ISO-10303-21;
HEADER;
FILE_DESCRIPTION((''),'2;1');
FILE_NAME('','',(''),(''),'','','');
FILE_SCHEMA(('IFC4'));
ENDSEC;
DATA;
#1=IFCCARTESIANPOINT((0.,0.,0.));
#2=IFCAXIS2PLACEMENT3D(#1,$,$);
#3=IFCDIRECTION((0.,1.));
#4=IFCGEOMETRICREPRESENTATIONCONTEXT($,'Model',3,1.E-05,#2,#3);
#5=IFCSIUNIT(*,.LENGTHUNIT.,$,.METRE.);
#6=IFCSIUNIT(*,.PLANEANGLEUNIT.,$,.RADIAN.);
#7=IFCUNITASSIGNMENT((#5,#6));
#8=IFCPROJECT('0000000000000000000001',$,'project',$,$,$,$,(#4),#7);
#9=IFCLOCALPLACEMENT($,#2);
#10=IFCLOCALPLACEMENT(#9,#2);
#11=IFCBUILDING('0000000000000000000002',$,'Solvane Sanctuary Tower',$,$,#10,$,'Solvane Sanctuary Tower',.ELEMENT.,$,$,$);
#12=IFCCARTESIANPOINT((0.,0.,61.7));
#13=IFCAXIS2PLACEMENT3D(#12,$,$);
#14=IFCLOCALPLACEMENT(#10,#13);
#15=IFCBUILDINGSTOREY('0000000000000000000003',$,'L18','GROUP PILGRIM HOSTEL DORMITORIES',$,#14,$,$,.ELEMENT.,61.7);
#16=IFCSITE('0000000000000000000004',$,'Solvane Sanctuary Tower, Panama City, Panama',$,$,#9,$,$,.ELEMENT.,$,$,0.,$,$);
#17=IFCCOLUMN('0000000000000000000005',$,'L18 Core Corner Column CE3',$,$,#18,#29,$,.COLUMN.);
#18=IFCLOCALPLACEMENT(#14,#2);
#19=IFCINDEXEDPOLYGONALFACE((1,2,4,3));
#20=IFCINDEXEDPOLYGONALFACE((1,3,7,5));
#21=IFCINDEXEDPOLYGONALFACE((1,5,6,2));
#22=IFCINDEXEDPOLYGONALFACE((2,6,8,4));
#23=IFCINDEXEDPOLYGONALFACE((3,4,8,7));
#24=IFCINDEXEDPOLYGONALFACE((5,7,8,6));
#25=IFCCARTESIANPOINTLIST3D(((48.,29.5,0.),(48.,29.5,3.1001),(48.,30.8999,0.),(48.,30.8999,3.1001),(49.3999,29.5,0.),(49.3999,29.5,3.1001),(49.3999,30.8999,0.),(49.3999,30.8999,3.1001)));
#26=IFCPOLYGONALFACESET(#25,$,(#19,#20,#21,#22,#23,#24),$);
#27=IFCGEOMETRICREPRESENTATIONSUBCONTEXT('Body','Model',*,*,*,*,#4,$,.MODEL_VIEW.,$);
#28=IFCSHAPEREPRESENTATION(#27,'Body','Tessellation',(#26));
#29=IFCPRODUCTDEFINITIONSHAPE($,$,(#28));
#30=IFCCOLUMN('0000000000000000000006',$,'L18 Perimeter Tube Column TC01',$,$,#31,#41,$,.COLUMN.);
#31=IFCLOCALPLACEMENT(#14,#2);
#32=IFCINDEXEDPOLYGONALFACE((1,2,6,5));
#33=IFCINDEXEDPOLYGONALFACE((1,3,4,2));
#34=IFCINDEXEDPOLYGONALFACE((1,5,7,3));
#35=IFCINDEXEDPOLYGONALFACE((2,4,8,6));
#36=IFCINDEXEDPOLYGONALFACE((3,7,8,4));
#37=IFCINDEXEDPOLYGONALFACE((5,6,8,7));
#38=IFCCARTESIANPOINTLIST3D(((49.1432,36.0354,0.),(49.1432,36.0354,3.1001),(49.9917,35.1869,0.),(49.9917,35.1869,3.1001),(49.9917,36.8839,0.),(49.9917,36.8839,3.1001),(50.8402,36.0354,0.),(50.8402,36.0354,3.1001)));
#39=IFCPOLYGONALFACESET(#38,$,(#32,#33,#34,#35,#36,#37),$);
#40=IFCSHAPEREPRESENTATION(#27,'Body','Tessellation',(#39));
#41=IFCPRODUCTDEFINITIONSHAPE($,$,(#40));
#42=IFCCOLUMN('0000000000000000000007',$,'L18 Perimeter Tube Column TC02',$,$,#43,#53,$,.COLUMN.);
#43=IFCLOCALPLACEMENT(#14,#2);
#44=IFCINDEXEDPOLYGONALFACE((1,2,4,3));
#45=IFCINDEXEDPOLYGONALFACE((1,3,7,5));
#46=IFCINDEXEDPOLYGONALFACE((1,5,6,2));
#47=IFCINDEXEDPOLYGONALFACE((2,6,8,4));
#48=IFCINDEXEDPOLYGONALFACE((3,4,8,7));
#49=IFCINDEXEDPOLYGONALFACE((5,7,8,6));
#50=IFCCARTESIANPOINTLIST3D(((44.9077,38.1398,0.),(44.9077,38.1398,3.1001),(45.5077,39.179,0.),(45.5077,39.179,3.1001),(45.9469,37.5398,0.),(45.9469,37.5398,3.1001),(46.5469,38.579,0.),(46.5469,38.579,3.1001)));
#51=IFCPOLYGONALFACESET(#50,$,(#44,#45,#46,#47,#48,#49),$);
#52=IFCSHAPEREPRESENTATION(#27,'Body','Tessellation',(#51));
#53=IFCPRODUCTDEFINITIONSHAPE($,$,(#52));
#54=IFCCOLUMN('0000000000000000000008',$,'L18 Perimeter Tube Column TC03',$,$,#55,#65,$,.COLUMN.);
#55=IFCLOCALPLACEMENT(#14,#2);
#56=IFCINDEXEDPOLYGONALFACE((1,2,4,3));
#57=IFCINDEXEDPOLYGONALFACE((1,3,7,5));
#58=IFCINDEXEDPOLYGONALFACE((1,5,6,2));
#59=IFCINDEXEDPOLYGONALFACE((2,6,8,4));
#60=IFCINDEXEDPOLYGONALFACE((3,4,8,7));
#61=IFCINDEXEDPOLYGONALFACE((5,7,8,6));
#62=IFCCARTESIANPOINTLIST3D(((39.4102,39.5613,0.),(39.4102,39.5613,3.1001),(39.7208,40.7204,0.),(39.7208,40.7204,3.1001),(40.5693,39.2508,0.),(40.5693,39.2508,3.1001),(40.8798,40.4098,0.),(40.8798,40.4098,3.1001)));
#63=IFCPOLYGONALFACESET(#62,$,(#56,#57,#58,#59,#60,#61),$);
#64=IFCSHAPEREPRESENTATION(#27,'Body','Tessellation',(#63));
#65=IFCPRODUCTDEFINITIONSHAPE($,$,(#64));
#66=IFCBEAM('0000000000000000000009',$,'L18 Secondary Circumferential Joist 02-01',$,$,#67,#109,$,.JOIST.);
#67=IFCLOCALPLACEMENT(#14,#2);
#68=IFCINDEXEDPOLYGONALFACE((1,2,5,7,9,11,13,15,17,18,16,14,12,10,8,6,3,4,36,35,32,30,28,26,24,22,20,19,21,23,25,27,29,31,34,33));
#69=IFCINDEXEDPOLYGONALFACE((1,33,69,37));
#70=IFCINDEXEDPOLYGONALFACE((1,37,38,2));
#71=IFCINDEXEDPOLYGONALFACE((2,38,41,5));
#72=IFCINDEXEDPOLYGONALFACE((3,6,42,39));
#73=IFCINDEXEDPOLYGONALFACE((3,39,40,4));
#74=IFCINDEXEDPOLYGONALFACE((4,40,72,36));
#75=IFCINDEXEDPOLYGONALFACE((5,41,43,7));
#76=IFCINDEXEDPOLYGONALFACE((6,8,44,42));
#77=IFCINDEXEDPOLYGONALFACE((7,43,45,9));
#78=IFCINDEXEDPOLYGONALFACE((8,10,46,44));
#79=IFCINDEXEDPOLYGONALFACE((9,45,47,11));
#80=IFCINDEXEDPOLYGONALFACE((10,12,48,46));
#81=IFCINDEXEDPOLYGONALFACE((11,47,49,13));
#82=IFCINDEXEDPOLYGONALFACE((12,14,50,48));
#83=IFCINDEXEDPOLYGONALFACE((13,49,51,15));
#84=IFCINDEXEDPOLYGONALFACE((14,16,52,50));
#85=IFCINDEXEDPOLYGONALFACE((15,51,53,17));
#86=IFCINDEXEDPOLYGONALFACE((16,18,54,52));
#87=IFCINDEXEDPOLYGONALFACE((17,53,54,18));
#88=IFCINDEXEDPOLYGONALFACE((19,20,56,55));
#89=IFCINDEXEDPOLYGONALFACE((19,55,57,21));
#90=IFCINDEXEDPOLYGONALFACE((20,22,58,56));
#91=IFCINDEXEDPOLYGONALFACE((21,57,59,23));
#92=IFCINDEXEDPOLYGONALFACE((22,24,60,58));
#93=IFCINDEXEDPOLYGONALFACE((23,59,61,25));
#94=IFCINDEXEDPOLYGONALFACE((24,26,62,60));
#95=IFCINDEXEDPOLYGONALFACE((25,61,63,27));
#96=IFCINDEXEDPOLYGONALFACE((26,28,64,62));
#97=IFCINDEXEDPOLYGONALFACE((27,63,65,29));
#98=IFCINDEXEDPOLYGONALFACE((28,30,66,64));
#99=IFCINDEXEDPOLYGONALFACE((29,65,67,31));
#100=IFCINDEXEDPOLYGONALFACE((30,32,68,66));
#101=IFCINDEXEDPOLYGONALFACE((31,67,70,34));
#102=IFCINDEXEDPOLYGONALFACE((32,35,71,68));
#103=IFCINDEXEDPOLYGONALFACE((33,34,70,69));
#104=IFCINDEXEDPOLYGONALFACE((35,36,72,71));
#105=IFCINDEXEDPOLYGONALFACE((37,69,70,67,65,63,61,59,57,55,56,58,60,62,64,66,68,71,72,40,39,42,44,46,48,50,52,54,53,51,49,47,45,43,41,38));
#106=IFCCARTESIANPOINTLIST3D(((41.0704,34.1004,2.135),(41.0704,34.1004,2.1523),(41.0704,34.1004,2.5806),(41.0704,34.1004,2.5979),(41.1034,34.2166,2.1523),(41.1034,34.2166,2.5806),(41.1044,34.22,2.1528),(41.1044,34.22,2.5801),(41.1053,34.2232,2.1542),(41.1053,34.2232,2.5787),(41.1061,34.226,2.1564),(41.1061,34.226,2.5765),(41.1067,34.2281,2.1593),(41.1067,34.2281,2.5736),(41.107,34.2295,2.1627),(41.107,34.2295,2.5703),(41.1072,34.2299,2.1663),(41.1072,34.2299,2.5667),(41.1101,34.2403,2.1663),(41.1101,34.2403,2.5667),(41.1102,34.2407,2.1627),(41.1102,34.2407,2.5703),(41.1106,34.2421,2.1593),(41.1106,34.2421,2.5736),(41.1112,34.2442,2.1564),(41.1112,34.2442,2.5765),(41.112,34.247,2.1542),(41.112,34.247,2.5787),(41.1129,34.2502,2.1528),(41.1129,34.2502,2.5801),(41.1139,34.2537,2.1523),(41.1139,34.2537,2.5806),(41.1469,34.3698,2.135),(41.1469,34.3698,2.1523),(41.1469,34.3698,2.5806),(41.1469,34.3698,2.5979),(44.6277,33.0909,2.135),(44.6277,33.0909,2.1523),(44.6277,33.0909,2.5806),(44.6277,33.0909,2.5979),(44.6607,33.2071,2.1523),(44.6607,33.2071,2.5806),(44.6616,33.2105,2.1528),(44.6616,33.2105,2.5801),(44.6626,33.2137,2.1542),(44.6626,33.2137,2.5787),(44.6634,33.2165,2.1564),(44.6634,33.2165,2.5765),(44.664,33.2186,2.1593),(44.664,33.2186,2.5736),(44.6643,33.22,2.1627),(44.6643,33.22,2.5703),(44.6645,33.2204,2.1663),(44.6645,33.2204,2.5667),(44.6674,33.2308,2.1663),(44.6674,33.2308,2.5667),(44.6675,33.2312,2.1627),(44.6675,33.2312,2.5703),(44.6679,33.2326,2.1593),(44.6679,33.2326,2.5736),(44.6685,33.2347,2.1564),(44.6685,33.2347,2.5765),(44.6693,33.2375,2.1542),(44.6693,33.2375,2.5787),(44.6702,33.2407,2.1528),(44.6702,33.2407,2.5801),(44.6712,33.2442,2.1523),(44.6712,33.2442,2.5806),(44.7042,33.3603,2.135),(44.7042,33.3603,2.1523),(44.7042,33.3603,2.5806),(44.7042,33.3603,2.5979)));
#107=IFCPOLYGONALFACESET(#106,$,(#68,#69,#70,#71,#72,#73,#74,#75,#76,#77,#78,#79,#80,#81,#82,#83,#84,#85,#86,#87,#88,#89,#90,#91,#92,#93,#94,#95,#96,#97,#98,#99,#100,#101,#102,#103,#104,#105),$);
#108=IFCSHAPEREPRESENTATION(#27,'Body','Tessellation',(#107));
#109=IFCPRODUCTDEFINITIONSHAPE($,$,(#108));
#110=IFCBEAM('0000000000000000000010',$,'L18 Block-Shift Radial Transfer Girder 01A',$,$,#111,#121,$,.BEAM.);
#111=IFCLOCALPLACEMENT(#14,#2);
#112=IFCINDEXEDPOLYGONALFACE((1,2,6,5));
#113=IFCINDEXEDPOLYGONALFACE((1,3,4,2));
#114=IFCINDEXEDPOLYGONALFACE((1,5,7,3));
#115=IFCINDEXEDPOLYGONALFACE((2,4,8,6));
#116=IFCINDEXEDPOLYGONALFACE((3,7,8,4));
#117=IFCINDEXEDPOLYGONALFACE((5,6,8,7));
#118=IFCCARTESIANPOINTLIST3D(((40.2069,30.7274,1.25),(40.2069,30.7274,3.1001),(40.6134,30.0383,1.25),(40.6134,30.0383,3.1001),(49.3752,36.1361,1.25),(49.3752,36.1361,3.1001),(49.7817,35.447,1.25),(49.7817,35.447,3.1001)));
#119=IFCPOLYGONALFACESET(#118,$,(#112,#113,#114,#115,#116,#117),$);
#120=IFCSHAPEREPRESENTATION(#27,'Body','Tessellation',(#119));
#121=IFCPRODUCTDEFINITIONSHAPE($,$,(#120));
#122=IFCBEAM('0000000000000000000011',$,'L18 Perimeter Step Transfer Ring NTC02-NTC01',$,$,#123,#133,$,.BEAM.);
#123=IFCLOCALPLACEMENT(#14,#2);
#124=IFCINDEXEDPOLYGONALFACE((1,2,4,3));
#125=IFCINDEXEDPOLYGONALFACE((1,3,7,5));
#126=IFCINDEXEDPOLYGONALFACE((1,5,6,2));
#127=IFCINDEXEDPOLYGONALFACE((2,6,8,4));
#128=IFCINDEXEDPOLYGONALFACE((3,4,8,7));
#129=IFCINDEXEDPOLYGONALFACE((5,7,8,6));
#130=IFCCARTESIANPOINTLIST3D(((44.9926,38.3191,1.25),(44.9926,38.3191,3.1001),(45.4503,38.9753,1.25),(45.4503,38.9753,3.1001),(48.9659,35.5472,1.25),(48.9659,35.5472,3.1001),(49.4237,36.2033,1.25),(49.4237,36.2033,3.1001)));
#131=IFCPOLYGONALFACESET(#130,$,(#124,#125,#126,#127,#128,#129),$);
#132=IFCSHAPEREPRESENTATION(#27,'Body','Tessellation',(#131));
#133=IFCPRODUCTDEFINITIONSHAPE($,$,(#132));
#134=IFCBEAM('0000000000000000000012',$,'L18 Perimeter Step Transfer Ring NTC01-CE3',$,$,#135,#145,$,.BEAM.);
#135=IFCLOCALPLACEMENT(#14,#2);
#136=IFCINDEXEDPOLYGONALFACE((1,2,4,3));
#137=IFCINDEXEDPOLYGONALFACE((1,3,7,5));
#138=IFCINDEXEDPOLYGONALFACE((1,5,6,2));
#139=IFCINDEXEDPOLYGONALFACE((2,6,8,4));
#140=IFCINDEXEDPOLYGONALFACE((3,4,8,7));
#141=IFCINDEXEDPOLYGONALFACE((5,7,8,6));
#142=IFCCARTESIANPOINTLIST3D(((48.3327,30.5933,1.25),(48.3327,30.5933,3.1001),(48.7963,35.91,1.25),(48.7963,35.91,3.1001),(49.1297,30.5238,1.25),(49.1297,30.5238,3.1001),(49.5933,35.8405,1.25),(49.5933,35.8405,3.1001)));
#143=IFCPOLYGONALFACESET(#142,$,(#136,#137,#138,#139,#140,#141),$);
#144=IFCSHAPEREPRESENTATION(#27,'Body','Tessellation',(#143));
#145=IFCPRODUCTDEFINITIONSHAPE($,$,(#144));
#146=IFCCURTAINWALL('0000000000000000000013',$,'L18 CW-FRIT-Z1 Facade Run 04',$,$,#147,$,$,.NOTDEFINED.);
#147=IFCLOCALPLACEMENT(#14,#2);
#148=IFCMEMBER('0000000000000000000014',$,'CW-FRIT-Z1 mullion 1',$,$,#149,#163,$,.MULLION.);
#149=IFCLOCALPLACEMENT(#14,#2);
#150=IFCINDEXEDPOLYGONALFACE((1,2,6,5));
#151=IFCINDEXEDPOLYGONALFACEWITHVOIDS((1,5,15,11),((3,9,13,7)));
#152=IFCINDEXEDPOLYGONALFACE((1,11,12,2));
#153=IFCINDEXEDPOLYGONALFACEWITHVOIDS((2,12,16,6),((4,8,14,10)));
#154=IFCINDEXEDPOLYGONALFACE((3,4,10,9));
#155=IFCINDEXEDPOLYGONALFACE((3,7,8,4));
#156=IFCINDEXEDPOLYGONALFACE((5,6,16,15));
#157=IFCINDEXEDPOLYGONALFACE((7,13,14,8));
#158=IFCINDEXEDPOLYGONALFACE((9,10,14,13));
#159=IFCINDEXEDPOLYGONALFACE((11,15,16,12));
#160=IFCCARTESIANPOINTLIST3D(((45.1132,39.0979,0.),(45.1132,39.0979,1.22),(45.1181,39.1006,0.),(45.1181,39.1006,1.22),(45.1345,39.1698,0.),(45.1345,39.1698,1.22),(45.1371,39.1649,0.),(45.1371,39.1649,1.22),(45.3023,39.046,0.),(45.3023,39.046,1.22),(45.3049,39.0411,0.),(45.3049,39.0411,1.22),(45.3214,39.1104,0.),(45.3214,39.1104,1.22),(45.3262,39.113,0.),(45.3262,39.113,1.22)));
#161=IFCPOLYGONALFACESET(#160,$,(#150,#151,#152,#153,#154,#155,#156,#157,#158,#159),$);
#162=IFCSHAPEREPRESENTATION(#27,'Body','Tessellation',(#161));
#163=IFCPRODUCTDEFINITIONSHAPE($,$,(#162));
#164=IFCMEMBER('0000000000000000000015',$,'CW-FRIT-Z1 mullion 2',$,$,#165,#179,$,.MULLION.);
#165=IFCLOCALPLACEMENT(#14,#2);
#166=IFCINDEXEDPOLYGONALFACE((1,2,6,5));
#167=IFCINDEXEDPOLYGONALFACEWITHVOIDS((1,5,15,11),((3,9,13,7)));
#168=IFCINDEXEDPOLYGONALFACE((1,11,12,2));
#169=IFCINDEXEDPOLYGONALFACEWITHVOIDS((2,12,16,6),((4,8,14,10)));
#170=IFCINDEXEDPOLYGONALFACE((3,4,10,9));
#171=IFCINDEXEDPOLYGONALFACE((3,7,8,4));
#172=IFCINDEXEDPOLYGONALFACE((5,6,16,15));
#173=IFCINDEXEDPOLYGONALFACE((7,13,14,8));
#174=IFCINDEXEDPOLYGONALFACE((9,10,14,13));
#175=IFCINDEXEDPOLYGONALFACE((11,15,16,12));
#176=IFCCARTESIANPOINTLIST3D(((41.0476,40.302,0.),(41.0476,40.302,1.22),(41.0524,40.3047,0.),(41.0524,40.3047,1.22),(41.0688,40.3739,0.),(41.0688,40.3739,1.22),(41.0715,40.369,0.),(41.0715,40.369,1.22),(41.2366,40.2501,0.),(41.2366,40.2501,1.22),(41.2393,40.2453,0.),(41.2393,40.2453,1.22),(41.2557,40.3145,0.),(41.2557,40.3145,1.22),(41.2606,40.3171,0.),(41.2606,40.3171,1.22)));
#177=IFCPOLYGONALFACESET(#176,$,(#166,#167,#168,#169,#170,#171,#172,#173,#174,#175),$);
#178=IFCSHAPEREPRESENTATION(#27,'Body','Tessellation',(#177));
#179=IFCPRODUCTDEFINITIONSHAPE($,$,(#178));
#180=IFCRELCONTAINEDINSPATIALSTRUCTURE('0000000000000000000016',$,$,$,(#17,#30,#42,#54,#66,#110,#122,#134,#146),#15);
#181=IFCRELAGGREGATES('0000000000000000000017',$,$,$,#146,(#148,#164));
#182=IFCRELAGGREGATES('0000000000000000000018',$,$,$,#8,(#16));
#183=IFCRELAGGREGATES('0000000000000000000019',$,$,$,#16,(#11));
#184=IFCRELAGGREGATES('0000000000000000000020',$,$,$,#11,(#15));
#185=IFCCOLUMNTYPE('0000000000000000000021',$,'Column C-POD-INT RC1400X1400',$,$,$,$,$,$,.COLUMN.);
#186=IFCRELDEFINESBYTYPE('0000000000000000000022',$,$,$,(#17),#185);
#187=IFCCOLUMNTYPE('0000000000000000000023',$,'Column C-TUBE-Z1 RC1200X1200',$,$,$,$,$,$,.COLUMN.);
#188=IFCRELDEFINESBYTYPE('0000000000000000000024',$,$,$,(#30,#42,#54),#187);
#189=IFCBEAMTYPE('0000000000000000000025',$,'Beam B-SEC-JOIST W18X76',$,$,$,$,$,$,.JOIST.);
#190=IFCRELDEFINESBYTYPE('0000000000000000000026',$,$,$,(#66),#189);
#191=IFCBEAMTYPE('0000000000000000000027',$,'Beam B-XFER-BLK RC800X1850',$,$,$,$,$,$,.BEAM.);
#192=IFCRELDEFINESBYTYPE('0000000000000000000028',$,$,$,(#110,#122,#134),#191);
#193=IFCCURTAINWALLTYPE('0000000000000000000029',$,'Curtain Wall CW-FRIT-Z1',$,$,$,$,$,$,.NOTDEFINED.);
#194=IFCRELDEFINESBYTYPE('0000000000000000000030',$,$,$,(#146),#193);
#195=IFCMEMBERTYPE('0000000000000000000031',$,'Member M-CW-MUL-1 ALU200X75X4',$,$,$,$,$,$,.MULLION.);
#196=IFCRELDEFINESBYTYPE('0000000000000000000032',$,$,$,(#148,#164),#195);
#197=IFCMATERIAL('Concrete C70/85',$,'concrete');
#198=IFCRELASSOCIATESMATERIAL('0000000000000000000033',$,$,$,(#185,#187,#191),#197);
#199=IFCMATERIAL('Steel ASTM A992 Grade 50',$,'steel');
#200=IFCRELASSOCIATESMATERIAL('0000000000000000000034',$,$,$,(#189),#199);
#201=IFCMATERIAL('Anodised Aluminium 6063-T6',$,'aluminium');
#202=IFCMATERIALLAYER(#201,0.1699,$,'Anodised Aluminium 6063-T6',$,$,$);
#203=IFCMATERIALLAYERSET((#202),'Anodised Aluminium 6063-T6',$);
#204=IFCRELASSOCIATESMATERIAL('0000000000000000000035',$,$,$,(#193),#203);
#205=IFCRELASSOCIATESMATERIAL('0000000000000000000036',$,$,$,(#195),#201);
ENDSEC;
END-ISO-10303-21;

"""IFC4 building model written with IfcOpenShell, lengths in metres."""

from ifc_helpers import new_model, si_unit, direction, frame, origin, origin_2d, place, context, subcontext, project, spatial, rectangle, hollow_rectangle, i_section, extrude, material, layer, layer_set, material_profile, profile_set, type_object, element, aggregate, save


model = new_model("IFC4")

# Units and contexts
model_context = context("Model", 3, precision=1e-05, world=origin(), true_north=direction((0.0, 1.0)))
body_context = subcontext(model_context, "Body", "Model", "MODEL_VIEW")
ifc_project = project(units=[si_unit("LENGTHUNIT", "METRE"), si_unit("PLANEANGLEUNIT", "RADIAN")], contexts=[model_context])

# Site, building, storey
site_placement = place(None, origin())
site = spatial("IfcSite", under=ifc_project, at=site_placement, Name="Solvane Sanctuary Tower, Panama City, Panama", CompositionType="ELEMENT", RefElevation=0.0)
building_placement = place(site_placement, origin())
building = spatial("IfcBuilding", under=site, at=building_placement, Name="Solvane Sanctuary Tower", LongName="Solvane Sanctuary Tower", CompositionType="ELEMENT")
storey_placement = place(building_placement, frame((0.0, 0.0, 61.7)))
storey = spatial("IfcBuildingStorey", under=building, at=storey_placement, Name="L18", Description="GROUP PILGRIM HOSTEL DORMITORIES", CompositionType="ELEMENT", Elevation=61.7)

# Columns
ifc_material_1 = material(Name="Concrete C70/85", Category="concrete")
ifc_material_profile_1 = material_profile(ifc_material_1, rectangle(XDim=1.3999, YDim=1.3999, at=origin_2d()), Name="RC1400X1400")
ifc_profile_set_1 = profile_set([ifc_material_profile_1], Name="Concrete C70/85")
column_type_1 = type_object("IfcColumnType", Name="Column C-POD-INT RC1400X1400", PredefinedType="COLUMN", material=ifc_profile_set_1)
column_placement = place(storey_placement, frame((48.7, 30.2, 0.0), z_axis=(0.0, 0.0, 1.0), x_axis=(1.0, 0.0, 0.0)))
element("IfcColumn", 1, at=column_placement, inside=storey, type_object=column_type_1, Name="L18 Core Corner Column CE3", PredefinedType="COLUMN", context=body_context, shape_type="SweptSolid", body=[
    extrude(rectangle(XDim=1.3999, YDim=1.3999, at=origin_2d()), origin(), (0.0, 0.0, 1.0), 3.1001),
])
ifc_material_profile_2 = material_profile(ifc_material_1, rectangle(XDim=1.2, YDim=1.2, at=origin_2d()), Name="RC1200X1200")
ifc_profile_set_2 = profile_set([ifc_material_profile_2], Name="Concrete C70/85")
column_type_2 = type_object("IfcColumnType", Name="Column C-TUBE-Z1 RC1200X1200", PredefinedType="COLUMN", material=ifc_profile_set_2)
for number, where, z_axis, x_axis, name in (
    (2, (49.9917, 36.0354, 0.0), (0.0, 0.0, 1.0), (0.707107, 0.707107, 0.0), "L18 Perimeter Tube Column TC01"),
    (3, (45.7273, 38.3594, 0.0), (0.0, 0.0, 1.0), (0.5, 0.866025, 0.0), "L18 Perimeter Tube Column TC02"),
    (4, (40.145, 39.9856, 0.0), (0.0, 0.0, 1.0), (0.258819, 0.965926, 0.0), "L18 Perimeter Tube Column TC03"),
):
    element("IfcColumn", number, at=place(storey_placement, frame(where, z_axis=z_axis, x_axis=x_axis)), inside=storey, type_object=column_type_2, Name=name, PredefinedType="COLUMN", context=body_context, shape_type="SweptSolid", body=[
        extrude(rectangle(XDim=1.2, YDim=1.2, at=origin_2d()), origin(), (0.0, 0.0, 1.0), 3.1001),
    ])

# Beams
ifc_material_2 = material(Name="Steel ASTM A992 Grade 50", Category="steel")
ifc_material_profile_3 = material_profile(ifc_material_2, i_section(OverallWidth=0.28, OverallDepth=0.4629, WebThickness=0.0107, FlangeThickness=0.0173, FilletRadius=0.0139, at=origin_2d()), Name="W18X76")
ifc_profile_set_3 = profile_set([ifc_material_profile_3], Name="Steel ASTM A992 Grade 50")
beam_type_1 = type_object("IfcBeamType", Name="Beam B-SEC-JOIST W18X76", PredefinedType="JOIST", material=ifc_profile_set_3)
beam_1_placement = place(storey_placement, frame((41.1086, 34.2351, 2.3665), z_axis=(0.962013, -0.273003, 0.0), x_axis=(0.273003, 0.962013, 0.0)))
element("IfcBeam", 5, at=beam_1_placement, inside=storey, type_object=beam_type_1, Name="L18 Secondary Circumferential Joist 02-01", PredefinedType="JOIST", context=body_context, shape_type="SweptSolid", body=[
    extrude(i_section(OverallWidth=0.28, OverallDepth=0.4629, WebThickness=0.0107, FlangeThickness=0.0173, FilletRadius=0.0139, at=origin_2d()), origin(), (0.0, 0.0, 1.0), 3.6978),
])
ifc_material_profile_4 = material_profile(ifc_material_1, rectangle(XDim=0.8, YDim=1.8501, at=origin_2d()), Name="RC800X1850")
ifc_profile_set_4 = profile_set([ifc_material_profile_4], Name="Concrete C70/85")
beam_type_2 = type_object("IfcBeamType", Name="Beam B-XFER-BLK RC800X1850", PredefinedType="BEAM", material=ifc_profile_set_4)
beam_2_placement = place(storey_placement, frame((40.4102, 30.3828, 2.175), z_axis=(0.861292, 0.50811, 0.0), x_axis=(-0.50811, 0.861292, 0.0)))
element("IfcBeam", 6, at=beam_2_placement, inside=storey, type_object=beam_type_2, Name="L18 Block-Shift Radial Transfer Girder 01A", PredefinedType="BEAM", context=body_context, shape_type="SweptSolid", body=[
    extrude(rectangle(XDim=0.8, YDim=1.8501, at=origin_2d()), origin(), (0.0, 0.0, 1.0), 10.6448),
])
beam_3_placement = place(storey_placement, frame((45.2214, 38.6472, 2.175), z_axis=(0.820142, -0.57216, 0.0), x_axis=(0.57216, 0.820142, 0.0)))
element("IfcBeam", 7, at=beam_3_placement, inside=storey, type_object=beam_type_2, Name="L18 Perimeter Step Transfer Ring NTC02-NTC01", PredefinedType="BEAM", context=body_context, shape_type="SweptSolid", body=[
    extrude(rectangle(XDim=0.8, YDim=1.8501, at=origin_2d()), origin(), (0.0, 0.0, 1.0), 4.8447),
])
beam_4_placement = place(storey_placement, frame((49.1948, 35.8752, 2.175), z_axis=(-0.086872, -0.996219, 0.0), x_axis=(0.996219, -0.086872, 0.0)))
element("IfcBeam", 8, at=beam_4_placement, inside=storey, type_object=beam_type_2, Name="L18 Perimeter Step Transfer Ring NTC01-CE3", PredefinedType="BEAM", context=body_context, shape_type="SweptSolid", body=[
    extrude(rectangle(XDim=0.8, YDim=1.8501, at=origin_2d()), origin(), (0.0, 0.0, 1.0), 5.3369),
])

# Curtain wall, members
ifc_material_3 = material(Name="Anodised Aluminium 6063-T6", Category="aluminium")
ifc_layer_1 = layer(ifc_material_3, 0.1699, Name="Anodised Aluminium 6063-T6")
ifc_layer_set_1 = layer_set([ifc_layer_1], Name="Anodised Aluminium 6063-T6")
curtain_wall_type = type_object("IfcCurtainWallType", Name="Curtain Wall CW-FRIT-Z1", PredefinedType="NOTDEFINED", material=ifc_layer_set_1)
curtain_wall_placement = place(storey_placement, origin())
curtain_wall = element("IfcCurtainWall", 9, at=curtain_wall_placement, inside=storey, type_object=curtain_wall_type, Name="L18 CW-FRIT-Z1 Facade Run 04", PredefinedType="NOTDEFINED")
ifc_material_profile_5 = material_profile(ifc_material_3, hollow_rectangle(XDim=0.075, YDim=0.2, WallThickness=0.0039, at=origin_2d()), Name="ALU200X75X4")
ifc_profile_set_5 = profile_set([ifc_material_profile_5], Name="Anodised Aluminium 6063-T6")
member_type_1 = type_object("IfcMemberType", Name="Member M-CW-MUL-1 ALU200X75X4", PredefinedType="MULLION", material=ifc_profile_set_5)
member_1_placement = place(storey_placement, frame((45.2197, 39.1055, 0.0), z_axis=(0.0, 0.0, 1.0), x_axis=(-0.283936, -0.958843, 0.0)))
member_1 = element("IfcMember", 10, at=member_1_placement, type_object=member_type_1, Name="CW-FRIT-Z1 mullion 1", PredefinedType="MULLION", context=body_context, shape_type="SweptSolid", body=[
    extrude(hollow_rectangle(XDim=0.075, YDim=0.2, WallThickness=0.0039, at=origin_2d()), origin(), (0.0, 0.0, 1.0), 1.22),
])
member_2_placement = place(storey_placement, frame((41.1541, 40.3096, 0.0), z_axis=(0.0, 0.0, 1.0), x_axis=(-0.283936, -0.958843, 0.0)))
member_2 = element("IfcMember", 11, at=member_2_placement, type_object=member_type_1, Name="CW-FRIT-Z1 mullion 2", PredefinedType="MULLION", context=body_context, shape_type="SweptSolid", body=[
    extrude(hollow_rectangle(XDim=0.075, YDim=0.2, WallThickness=0.0039, at=origin_2d()), origin(), (0.0, 0.0, 1.0), 1.22),
])
aggregate(curtain_wall, [member_1, member_2])

save(model, "model.ifc")
